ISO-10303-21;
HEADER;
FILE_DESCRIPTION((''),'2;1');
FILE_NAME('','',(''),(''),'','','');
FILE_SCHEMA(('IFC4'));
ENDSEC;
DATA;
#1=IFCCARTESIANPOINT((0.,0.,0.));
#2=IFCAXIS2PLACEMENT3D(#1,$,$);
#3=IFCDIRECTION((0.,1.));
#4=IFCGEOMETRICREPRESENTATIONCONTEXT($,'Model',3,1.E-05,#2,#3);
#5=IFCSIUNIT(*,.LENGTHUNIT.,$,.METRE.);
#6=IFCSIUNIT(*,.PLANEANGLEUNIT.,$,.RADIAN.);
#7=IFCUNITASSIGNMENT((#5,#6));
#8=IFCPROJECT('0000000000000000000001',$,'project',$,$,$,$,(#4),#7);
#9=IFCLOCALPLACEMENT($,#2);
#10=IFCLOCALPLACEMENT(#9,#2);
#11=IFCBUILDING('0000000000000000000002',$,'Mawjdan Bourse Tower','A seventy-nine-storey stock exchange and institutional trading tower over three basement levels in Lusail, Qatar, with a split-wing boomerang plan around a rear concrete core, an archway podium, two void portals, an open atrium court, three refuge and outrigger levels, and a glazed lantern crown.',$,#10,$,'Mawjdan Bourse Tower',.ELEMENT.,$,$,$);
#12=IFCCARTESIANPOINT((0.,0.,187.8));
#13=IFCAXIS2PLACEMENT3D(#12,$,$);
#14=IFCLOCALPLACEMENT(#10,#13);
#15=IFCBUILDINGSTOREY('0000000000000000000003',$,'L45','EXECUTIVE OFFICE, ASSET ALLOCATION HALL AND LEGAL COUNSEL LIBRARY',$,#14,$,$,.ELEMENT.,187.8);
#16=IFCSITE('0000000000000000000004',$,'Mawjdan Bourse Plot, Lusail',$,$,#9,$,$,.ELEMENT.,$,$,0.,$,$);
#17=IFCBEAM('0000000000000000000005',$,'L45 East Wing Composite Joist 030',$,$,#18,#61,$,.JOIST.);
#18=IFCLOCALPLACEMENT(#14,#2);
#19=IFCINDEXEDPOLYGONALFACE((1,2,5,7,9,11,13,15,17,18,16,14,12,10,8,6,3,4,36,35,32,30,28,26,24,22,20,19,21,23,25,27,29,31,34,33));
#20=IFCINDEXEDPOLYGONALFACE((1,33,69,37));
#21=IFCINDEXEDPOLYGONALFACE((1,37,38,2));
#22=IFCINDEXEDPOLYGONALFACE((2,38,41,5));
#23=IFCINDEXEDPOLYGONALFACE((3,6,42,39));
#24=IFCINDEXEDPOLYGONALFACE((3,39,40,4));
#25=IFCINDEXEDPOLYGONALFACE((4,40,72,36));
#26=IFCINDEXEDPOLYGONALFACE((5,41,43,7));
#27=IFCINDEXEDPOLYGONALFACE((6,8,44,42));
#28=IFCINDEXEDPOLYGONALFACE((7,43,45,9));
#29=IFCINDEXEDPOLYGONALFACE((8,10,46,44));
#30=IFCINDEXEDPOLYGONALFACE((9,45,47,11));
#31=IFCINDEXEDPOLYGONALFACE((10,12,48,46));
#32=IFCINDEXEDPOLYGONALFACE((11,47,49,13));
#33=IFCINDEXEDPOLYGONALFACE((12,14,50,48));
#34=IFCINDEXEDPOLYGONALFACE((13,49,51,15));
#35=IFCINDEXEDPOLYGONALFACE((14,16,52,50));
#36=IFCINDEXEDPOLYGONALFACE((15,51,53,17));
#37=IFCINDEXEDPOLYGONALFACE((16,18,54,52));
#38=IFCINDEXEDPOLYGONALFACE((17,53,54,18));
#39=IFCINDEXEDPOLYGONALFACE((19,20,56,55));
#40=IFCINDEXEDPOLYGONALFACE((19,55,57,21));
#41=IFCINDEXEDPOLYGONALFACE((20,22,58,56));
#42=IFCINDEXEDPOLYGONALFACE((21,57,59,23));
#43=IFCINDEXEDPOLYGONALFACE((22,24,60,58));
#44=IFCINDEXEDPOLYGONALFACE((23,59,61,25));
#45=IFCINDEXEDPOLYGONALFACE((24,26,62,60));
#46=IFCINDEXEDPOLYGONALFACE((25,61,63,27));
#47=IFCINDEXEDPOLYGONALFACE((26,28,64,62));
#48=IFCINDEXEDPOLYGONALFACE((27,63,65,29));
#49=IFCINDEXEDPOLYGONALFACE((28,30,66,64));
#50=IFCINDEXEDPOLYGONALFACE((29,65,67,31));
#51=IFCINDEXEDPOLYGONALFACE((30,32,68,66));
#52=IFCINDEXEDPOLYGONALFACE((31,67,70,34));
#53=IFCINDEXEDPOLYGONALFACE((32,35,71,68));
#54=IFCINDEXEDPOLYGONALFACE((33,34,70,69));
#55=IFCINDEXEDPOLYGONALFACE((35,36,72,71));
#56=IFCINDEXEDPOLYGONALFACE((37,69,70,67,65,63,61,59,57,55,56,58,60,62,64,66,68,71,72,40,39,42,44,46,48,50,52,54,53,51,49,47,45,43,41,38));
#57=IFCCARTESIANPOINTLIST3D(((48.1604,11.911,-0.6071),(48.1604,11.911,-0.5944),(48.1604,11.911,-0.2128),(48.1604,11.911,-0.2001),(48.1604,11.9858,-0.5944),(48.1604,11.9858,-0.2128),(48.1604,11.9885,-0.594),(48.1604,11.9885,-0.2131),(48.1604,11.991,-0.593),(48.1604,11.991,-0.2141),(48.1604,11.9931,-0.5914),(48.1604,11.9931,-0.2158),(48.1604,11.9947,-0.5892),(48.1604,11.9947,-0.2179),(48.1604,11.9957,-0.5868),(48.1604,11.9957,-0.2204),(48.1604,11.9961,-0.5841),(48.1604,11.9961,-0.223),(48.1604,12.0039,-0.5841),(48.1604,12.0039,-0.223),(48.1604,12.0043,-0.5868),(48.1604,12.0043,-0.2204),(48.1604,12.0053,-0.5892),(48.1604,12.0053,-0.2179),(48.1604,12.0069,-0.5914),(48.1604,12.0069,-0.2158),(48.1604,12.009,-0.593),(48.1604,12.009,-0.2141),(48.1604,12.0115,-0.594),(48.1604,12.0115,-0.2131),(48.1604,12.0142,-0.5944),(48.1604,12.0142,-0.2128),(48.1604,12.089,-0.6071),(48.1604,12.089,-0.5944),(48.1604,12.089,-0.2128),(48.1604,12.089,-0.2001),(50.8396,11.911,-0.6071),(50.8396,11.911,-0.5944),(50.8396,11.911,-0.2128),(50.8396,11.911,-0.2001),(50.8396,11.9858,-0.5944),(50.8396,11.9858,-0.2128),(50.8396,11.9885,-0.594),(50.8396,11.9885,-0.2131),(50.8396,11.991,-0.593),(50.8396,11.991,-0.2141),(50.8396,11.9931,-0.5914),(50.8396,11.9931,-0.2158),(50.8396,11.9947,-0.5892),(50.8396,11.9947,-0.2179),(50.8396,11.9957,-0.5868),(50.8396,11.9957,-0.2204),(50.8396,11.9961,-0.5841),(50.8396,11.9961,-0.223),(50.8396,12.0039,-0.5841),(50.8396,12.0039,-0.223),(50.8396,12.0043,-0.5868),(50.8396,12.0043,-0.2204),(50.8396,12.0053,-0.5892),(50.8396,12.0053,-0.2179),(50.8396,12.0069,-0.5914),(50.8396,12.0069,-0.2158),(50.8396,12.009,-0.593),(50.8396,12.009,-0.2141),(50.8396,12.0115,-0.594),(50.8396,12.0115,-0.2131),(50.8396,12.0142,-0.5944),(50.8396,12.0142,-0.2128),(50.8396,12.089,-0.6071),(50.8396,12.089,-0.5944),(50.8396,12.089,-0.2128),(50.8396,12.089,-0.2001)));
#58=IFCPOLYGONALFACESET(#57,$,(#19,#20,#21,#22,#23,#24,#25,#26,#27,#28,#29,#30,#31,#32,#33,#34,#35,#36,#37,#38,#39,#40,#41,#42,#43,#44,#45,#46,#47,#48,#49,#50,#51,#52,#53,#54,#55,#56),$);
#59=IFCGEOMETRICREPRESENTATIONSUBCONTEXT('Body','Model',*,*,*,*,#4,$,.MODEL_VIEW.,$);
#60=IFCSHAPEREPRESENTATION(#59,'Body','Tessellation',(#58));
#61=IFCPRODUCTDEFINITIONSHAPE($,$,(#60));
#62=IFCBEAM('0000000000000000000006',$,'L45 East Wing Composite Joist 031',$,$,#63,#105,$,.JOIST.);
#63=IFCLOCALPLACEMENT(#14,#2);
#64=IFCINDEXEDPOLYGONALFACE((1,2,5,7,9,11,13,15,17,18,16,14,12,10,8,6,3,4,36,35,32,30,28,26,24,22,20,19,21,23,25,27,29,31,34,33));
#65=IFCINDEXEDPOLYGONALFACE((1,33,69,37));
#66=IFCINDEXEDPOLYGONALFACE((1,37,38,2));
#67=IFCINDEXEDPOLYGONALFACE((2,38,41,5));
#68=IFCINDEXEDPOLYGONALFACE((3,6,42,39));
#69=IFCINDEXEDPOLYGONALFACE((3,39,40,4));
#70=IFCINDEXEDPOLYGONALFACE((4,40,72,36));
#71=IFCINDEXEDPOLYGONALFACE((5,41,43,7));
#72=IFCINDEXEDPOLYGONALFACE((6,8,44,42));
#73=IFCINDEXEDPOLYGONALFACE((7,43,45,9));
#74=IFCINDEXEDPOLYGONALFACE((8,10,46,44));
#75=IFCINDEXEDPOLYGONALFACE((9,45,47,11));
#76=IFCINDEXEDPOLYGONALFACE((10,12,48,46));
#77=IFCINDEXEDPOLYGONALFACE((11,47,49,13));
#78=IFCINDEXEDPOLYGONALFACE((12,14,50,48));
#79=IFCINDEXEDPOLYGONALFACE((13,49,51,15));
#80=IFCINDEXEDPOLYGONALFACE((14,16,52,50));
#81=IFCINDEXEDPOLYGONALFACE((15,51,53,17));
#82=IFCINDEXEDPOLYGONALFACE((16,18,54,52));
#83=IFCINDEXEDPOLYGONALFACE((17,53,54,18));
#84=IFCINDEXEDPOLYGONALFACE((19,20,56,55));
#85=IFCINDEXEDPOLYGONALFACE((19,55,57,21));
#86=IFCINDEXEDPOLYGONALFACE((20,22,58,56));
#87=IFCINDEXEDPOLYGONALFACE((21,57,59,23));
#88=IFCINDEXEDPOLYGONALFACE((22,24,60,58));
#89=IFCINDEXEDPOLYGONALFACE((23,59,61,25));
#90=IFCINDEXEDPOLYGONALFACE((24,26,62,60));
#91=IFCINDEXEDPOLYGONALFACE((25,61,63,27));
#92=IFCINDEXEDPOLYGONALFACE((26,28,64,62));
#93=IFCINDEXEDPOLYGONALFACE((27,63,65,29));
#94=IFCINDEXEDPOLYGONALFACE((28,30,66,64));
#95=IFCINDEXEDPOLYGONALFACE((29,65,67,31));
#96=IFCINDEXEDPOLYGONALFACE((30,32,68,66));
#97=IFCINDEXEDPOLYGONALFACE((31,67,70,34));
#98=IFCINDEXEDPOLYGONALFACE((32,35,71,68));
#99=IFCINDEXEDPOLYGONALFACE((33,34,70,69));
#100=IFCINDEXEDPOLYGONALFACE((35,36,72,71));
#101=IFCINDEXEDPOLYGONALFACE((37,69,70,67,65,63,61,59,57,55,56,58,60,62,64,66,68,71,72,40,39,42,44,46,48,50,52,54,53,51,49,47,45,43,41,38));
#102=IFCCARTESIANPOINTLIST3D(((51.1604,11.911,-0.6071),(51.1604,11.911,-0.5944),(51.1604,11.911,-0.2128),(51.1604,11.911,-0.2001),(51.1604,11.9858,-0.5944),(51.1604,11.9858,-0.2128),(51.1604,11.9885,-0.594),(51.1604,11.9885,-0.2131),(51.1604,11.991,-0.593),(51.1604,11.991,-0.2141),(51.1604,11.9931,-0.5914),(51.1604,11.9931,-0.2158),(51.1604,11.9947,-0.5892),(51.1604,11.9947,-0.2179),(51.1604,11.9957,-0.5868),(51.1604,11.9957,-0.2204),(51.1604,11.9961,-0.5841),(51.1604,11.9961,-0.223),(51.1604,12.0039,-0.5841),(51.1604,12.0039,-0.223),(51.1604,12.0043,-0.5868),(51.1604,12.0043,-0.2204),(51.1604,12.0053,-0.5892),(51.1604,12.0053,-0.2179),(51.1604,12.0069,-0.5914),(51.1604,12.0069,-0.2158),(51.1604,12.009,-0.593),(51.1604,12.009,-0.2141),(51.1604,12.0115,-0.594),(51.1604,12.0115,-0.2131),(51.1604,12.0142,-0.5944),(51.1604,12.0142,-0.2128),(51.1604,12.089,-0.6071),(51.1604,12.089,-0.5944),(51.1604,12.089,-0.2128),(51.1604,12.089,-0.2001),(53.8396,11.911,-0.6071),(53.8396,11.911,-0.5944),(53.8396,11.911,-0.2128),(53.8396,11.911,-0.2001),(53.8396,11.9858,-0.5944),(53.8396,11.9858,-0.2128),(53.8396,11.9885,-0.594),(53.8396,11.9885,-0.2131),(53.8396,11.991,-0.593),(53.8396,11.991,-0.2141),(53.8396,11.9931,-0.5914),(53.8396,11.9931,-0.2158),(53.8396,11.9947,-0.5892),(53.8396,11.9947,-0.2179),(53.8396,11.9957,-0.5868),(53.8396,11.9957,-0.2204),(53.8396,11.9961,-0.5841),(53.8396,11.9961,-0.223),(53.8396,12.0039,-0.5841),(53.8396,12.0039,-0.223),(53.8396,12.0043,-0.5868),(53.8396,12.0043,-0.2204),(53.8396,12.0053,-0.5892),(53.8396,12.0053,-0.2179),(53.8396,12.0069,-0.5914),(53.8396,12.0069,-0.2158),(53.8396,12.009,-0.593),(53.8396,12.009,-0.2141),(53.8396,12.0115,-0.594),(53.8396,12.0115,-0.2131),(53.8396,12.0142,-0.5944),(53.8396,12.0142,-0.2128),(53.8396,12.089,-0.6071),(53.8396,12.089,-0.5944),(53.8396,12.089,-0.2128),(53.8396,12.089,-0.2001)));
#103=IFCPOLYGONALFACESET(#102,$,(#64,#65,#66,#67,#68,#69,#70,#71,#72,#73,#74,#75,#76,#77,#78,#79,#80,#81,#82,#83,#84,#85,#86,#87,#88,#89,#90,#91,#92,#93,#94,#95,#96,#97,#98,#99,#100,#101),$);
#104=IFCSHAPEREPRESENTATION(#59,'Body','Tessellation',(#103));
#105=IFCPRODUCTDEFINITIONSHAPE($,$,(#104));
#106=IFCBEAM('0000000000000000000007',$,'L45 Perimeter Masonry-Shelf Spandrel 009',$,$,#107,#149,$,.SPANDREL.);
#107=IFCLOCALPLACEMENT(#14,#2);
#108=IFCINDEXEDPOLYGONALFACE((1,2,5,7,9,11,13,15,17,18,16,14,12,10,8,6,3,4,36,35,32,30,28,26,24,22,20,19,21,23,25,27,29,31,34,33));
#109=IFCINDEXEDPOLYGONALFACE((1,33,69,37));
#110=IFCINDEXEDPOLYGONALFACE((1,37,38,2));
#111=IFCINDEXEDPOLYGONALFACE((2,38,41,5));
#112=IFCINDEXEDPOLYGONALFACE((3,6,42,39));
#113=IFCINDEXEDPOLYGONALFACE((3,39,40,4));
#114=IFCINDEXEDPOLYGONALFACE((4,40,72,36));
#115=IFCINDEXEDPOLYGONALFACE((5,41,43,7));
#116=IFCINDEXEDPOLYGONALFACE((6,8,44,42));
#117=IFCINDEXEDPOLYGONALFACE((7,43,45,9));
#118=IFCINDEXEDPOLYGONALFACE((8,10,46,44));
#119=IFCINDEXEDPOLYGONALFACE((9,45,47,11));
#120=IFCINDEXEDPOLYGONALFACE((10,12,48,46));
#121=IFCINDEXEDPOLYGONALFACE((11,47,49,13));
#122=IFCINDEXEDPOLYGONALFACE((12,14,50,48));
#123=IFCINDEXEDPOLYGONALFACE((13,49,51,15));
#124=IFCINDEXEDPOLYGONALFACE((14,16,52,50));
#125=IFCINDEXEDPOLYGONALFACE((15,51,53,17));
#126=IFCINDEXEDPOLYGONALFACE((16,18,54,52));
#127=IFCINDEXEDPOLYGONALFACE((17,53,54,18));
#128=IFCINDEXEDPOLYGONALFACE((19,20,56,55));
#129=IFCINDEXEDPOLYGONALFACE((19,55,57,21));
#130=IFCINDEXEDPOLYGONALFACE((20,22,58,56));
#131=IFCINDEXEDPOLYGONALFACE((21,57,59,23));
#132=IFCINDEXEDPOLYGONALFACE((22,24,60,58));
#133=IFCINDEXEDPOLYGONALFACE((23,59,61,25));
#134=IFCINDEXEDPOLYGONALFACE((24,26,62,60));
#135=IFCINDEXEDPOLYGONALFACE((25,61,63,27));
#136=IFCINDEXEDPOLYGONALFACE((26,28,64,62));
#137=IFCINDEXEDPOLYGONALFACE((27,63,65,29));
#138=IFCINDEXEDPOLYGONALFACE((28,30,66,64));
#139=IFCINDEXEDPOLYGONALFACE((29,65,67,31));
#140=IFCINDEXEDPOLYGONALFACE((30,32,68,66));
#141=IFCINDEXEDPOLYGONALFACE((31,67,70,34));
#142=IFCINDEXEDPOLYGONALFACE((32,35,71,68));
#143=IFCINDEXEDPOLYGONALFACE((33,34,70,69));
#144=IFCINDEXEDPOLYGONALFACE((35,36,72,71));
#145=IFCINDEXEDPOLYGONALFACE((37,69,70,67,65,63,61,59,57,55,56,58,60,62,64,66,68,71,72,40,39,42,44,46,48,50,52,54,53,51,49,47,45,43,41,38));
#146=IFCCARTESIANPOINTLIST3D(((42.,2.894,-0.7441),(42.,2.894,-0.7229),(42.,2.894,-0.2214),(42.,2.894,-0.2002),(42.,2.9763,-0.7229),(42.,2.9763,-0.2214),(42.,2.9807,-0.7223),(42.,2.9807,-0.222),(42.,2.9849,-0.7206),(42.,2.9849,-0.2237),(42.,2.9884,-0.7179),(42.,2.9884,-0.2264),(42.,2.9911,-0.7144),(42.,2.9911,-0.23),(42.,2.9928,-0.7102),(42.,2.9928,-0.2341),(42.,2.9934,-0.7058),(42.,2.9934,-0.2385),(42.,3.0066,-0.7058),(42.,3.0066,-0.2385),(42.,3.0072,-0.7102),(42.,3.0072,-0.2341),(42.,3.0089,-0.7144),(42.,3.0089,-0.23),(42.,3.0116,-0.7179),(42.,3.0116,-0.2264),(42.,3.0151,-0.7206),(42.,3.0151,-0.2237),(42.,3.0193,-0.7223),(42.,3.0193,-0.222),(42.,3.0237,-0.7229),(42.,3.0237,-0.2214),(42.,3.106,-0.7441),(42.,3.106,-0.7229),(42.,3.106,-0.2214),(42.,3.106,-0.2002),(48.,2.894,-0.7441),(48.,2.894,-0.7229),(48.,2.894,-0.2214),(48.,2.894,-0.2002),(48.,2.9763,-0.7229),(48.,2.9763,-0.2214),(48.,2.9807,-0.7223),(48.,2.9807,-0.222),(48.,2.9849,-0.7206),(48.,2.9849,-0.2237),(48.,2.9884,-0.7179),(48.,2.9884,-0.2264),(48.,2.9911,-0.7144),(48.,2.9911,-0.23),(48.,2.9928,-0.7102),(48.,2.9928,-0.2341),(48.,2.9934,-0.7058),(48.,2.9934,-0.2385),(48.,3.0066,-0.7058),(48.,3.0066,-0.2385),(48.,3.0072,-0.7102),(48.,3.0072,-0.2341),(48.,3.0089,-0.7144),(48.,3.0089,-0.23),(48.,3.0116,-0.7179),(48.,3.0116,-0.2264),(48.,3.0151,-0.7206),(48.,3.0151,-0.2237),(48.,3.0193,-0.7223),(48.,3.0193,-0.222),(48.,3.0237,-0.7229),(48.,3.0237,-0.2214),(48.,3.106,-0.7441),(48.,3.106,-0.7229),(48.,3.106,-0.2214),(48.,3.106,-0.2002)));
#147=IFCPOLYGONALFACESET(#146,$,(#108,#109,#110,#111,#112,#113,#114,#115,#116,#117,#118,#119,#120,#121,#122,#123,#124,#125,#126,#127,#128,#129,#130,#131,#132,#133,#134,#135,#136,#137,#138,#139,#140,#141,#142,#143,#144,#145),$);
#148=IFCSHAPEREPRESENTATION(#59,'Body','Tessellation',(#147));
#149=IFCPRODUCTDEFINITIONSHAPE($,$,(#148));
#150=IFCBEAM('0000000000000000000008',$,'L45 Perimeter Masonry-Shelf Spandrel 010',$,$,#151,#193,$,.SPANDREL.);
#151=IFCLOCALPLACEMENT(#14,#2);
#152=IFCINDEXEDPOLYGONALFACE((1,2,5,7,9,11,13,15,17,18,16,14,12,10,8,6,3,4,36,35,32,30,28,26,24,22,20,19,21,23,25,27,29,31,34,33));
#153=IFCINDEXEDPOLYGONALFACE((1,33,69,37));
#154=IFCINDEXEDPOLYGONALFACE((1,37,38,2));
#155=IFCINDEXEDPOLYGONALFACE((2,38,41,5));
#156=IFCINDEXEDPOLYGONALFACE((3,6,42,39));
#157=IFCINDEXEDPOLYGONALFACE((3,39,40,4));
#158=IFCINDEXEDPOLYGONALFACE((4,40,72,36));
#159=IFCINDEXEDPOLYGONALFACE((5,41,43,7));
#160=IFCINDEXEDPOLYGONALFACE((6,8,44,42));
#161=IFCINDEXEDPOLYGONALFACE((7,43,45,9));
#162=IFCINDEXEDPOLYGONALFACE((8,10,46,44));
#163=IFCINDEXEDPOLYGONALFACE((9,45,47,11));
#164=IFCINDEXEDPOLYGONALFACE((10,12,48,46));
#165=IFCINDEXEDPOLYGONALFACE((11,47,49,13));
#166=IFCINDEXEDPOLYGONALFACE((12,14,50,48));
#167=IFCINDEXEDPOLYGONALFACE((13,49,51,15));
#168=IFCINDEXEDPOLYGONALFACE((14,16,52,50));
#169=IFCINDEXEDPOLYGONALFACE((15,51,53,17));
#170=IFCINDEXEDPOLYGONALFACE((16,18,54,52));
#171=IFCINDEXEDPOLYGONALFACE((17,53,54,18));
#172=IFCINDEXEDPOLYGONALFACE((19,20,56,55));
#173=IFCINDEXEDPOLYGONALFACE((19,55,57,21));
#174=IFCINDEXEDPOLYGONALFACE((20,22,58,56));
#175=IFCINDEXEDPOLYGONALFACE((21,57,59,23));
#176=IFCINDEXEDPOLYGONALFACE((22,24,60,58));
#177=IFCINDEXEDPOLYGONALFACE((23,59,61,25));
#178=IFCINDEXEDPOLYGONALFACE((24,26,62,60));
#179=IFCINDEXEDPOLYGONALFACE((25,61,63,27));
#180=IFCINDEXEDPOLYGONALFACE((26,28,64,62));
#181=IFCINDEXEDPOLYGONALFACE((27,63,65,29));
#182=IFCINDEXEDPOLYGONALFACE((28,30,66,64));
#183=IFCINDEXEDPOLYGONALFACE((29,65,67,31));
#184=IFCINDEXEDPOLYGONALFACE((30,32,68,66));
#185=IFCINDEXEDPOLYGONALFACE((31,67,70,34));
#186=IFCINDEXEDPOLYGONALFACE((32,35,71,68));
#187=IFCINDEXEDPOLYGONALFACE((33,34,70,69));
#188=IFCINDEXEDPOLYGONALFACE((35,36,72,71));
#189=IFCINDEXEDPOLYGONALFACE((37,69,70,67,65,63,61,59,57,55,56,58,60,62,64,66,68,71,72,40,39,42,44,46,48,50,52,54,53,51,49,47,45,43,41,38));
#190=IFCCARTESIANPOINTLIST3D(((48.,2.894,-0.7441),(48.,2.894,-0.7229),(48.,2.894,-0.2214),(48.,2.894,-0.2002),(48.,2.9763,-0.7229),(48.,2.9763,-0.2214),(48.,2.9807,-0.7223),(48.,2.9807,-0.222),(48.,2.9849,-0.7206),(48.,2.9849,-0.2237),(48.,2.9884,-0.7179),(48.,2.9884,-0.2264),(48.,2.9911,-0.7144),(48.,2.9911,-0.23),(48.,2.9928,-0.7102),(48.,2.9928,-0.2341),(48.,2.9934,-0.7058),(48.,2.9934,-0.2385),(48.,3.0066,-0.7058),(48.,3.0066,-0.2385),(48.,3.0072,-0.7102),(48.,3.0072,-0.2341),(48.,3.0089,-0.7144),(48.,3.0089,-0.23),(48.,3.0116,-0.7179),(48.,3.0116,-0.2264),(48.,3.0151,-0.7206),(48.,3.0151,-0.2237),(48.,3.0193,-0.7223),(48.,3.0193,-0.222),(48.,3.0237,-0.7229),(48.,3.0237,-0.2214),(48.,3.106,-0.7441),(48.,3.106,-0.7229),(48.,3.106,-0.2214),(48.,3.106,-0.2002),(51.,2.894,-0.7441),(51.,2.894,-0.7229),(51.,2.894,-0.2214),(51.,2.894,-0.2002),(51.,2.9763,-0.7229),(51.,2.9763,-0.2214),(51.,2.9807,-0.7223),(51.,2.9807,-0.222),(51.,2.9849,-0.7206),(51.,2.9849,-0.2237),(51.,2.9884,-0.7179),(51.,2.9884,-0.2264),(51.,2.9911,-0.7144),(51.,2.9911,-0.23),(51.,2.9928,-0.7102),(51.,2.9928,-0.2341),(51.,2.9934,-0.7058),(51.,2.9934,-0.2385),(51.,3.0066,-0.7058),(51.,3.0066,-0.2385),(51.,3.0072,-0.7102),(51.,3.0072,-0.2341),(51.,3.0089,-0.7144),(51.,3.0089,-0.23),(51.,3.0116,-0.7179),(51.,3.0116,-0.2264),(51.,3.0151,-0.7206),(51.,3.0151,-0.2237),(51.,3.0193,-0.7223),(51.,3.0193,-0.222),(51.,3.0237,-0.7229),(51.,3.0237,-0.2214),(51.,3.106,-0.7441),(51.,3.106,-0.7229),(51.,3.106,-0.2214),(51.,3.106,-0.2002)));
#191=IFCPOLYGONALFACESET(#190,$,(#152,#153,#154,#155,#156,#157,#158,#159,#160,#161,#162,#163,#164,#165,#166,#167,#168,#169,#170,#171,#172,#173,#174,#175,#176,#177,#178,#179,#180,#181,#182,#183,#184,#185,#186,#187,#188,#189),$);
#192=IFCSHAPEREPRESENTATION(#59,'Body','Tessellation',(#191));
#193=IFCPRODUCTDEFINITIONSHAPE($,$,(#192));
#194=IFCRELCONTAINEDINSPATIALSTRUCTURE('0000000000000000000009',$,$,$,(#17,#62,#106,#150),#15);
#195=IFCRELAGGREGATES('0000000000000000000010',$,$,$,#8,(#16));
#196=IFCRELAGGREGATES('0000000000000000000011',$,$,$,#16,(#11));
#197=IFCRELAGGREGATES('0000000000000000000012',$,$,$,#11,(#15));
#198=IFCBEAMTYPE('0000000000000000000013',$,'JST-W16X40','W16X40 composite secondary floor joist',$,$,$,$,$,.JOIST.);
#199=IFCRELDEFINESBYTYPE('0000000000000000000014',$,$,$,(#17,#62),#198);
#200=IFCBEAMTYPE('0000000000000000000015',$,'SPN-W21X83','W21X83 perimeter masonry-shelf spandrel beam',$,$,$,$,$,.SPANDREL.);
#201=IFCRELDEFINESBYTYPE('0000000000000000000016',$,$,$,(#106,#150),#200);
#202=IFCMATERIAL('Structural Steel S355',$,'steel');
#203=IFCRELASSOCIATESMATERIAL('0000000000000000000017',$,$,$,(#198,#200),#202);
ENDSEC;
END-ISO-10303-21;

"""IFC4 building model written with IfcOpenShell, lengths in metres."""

from ifc_helpers import new_model, si_unit, direction, frame, origin, origin_2d, place, context, subcontext, project, spatial, i_section, extrude, material, material_profile, profile_set, type_object, element, save


model = new_model("IFC4")

# Units and contexts
model_context = context("Model", 3, precision=1e-05, world=origin(), true_north=direction((0.0, 1.0)))
body_context = subcontext(model_context, "Body", "Model", "MODEL_VIEW")
ifc_project = project(units=[si_unit("LENGTHUNIT", "METRE"), si_unit("PLANEANGLEUNIT", "RADIAN")], contexts=[model_context])

# Site, building, storey
site_placement = place(None, origin())
site = spatial("IfcSite", under=ifc_project, at=site_placement, Name="Mawjdan Bourse Plot, Lusail", CompositionType="ELEMENT", RefElevation=0.0)
building_placement = place(site_placement, origin())
building = spatial("IfcBuilding", under=site, at=building_placement, Name="Mawjdan Bourse Tower", Description="A seventy-nine-storey stock exchange and institutional trading tower over three basement levels in Lusail, Qatar, with a split-wing boomerang plan around a rear concrete core, an archway podium, two void portals, an open atrium court, three refuge and outrigger levels, and a glazed lantern crown.", LongName="Mawjdan Bourse Tower", CompositionType="ELEMENT")
storey_placement = place(building_placement, frame((0.0, 0.0, 187.8)))
storey = spatial("IfcBuildingStorey", under=building, at=storey_placement, Name="L45", Description="EXECUTIVE OFFICE, ASSET ALLOCATION HALL AND LEGAL COUNSEL LIBRARY", CompositionType="ELEMENT", Elevation=187.8)

# Beams
ifc_material_1 = material(Name="Structural Steel S355", Category="steel")
ifc_material_profile_1 = material_profile(ifc_material_1, i_section(OverallWidth=0.178, OverallDepth=0.407, WebThickness=0.0078, FlangeThickness=0.0127, FilletRadius=0.0103, at=origin_2d()), Name="W16X40")
ifc_profile_set_1 = profile_set([ifc_material_profile_1], Name="Structural Steel S355")
beam_type_1 = type_object("IfcBeamType", Name="JST-W16X40", Description="W16X40 composite secondary floor joist", PredefinedType="JOIST", material=ifc_profile_set_1)
for number, where, z_axis, x_axis, name in (
    (1, (48.1604, 12.0, -0.4036), (1.0, 0.0, 0.0), (0.0, 1.0, 0.0), "L45 East Wing Composite Joist 030"),
    (2, (51.1604, 12.0, -0.4036), (1.0, 0.0, 0.0), (0.0, 1.0, 0.0), "L45 East Wing Composite Joist 031"),
):
    element("IfcBeam", number, at=place(storey_placement, frame(where, z_axis=z_axis, x_axis=x_axis)), inside=storey, type_object=beam_type_1, Name=name, PredefinedType="JOIST", context=body_context, shape_type="SweptSolid", body=[
        extrude(i_section(OverallWidth=0.178, OverallDepth=0.407, WebThickness=0.0078, FlangeThickness=0.0127, FilletRadius=0.0103, at=origin_2d()), origin(), (0.0, 0.0, 1.0), 2.6792),
    ])
ifc_material_profile_2 = material_profile(ifc_material_1, i_section(OverallWidth=0.2119, OverallDepth=0.5439, WebThickness=0.0132, FlangeThickness=0.0212, FilletRadius=0.0171, at=origin_2d()), Name="W21X83")
ifc_profile_set_2 = profile_set([ifc_material_profile_2], Name="Structural Steel S355")
beam_type_2 = type_object("IfcBeamType", Name="SPN-W21X83", Description="W21X83 perimeter masonry-shelf spandrel beam", PredefinedType="SPANDREL", material=ifc_profile_set_2)
beam_1_placement = place(storey_placement, frame((42.0, 3.0, -0.4722), z_axis=(1.0, 0.0, 0.0), x_axis=(0.0, 1.0, 0.0)))
element("IfcBeam", 3, at=beam_1_placement, inside=storey, type_object=beam_type_2, Name="L45 Perimeter Masonry-Shelf Spandrel 009", PredefinedType="SPANDREL", context=body_context, shape_type="SweptSolid", body=[
    extrude(i_section(OverallWidth=0.2119, OverallDepth=0.5439, WebThickness=0.0132, FlangeThickness=0.0212, FilletRadius=0.0171, at=origin_2d()), origin(), (0.0, 0.0, 1.0), 6.0),
])
for number, where, z_axis, x_axis, name in (
    (4, (48.0, 3.0, -0.4722), (1.0, 0.0, 0.0), (0.0, 1.0, 0.0), "L45 Perimeter Masonry-Shelf Spandrel 010"),
):
    element("IfcBeam", number, at=place(storey_placement, frame(where, z_axis=z_axis, x_axis=x_axis)), inside=storey, type_object=beam_type_2, Name=name, PredefinedType="SPANDREL", context=body_context, shape_type="SweptSolid", body=[
        extrude(i_section(OverallWidth=0.2119, OverallDepth=0.5439, WebThickness=0.0132, FlangeThickness=0.0212, FilletRadius=0.0171, at=origin_2d()), origin(), (0.0, 0.0, 1.0), 3.0),
    ])

save(model, "model.ifc")
